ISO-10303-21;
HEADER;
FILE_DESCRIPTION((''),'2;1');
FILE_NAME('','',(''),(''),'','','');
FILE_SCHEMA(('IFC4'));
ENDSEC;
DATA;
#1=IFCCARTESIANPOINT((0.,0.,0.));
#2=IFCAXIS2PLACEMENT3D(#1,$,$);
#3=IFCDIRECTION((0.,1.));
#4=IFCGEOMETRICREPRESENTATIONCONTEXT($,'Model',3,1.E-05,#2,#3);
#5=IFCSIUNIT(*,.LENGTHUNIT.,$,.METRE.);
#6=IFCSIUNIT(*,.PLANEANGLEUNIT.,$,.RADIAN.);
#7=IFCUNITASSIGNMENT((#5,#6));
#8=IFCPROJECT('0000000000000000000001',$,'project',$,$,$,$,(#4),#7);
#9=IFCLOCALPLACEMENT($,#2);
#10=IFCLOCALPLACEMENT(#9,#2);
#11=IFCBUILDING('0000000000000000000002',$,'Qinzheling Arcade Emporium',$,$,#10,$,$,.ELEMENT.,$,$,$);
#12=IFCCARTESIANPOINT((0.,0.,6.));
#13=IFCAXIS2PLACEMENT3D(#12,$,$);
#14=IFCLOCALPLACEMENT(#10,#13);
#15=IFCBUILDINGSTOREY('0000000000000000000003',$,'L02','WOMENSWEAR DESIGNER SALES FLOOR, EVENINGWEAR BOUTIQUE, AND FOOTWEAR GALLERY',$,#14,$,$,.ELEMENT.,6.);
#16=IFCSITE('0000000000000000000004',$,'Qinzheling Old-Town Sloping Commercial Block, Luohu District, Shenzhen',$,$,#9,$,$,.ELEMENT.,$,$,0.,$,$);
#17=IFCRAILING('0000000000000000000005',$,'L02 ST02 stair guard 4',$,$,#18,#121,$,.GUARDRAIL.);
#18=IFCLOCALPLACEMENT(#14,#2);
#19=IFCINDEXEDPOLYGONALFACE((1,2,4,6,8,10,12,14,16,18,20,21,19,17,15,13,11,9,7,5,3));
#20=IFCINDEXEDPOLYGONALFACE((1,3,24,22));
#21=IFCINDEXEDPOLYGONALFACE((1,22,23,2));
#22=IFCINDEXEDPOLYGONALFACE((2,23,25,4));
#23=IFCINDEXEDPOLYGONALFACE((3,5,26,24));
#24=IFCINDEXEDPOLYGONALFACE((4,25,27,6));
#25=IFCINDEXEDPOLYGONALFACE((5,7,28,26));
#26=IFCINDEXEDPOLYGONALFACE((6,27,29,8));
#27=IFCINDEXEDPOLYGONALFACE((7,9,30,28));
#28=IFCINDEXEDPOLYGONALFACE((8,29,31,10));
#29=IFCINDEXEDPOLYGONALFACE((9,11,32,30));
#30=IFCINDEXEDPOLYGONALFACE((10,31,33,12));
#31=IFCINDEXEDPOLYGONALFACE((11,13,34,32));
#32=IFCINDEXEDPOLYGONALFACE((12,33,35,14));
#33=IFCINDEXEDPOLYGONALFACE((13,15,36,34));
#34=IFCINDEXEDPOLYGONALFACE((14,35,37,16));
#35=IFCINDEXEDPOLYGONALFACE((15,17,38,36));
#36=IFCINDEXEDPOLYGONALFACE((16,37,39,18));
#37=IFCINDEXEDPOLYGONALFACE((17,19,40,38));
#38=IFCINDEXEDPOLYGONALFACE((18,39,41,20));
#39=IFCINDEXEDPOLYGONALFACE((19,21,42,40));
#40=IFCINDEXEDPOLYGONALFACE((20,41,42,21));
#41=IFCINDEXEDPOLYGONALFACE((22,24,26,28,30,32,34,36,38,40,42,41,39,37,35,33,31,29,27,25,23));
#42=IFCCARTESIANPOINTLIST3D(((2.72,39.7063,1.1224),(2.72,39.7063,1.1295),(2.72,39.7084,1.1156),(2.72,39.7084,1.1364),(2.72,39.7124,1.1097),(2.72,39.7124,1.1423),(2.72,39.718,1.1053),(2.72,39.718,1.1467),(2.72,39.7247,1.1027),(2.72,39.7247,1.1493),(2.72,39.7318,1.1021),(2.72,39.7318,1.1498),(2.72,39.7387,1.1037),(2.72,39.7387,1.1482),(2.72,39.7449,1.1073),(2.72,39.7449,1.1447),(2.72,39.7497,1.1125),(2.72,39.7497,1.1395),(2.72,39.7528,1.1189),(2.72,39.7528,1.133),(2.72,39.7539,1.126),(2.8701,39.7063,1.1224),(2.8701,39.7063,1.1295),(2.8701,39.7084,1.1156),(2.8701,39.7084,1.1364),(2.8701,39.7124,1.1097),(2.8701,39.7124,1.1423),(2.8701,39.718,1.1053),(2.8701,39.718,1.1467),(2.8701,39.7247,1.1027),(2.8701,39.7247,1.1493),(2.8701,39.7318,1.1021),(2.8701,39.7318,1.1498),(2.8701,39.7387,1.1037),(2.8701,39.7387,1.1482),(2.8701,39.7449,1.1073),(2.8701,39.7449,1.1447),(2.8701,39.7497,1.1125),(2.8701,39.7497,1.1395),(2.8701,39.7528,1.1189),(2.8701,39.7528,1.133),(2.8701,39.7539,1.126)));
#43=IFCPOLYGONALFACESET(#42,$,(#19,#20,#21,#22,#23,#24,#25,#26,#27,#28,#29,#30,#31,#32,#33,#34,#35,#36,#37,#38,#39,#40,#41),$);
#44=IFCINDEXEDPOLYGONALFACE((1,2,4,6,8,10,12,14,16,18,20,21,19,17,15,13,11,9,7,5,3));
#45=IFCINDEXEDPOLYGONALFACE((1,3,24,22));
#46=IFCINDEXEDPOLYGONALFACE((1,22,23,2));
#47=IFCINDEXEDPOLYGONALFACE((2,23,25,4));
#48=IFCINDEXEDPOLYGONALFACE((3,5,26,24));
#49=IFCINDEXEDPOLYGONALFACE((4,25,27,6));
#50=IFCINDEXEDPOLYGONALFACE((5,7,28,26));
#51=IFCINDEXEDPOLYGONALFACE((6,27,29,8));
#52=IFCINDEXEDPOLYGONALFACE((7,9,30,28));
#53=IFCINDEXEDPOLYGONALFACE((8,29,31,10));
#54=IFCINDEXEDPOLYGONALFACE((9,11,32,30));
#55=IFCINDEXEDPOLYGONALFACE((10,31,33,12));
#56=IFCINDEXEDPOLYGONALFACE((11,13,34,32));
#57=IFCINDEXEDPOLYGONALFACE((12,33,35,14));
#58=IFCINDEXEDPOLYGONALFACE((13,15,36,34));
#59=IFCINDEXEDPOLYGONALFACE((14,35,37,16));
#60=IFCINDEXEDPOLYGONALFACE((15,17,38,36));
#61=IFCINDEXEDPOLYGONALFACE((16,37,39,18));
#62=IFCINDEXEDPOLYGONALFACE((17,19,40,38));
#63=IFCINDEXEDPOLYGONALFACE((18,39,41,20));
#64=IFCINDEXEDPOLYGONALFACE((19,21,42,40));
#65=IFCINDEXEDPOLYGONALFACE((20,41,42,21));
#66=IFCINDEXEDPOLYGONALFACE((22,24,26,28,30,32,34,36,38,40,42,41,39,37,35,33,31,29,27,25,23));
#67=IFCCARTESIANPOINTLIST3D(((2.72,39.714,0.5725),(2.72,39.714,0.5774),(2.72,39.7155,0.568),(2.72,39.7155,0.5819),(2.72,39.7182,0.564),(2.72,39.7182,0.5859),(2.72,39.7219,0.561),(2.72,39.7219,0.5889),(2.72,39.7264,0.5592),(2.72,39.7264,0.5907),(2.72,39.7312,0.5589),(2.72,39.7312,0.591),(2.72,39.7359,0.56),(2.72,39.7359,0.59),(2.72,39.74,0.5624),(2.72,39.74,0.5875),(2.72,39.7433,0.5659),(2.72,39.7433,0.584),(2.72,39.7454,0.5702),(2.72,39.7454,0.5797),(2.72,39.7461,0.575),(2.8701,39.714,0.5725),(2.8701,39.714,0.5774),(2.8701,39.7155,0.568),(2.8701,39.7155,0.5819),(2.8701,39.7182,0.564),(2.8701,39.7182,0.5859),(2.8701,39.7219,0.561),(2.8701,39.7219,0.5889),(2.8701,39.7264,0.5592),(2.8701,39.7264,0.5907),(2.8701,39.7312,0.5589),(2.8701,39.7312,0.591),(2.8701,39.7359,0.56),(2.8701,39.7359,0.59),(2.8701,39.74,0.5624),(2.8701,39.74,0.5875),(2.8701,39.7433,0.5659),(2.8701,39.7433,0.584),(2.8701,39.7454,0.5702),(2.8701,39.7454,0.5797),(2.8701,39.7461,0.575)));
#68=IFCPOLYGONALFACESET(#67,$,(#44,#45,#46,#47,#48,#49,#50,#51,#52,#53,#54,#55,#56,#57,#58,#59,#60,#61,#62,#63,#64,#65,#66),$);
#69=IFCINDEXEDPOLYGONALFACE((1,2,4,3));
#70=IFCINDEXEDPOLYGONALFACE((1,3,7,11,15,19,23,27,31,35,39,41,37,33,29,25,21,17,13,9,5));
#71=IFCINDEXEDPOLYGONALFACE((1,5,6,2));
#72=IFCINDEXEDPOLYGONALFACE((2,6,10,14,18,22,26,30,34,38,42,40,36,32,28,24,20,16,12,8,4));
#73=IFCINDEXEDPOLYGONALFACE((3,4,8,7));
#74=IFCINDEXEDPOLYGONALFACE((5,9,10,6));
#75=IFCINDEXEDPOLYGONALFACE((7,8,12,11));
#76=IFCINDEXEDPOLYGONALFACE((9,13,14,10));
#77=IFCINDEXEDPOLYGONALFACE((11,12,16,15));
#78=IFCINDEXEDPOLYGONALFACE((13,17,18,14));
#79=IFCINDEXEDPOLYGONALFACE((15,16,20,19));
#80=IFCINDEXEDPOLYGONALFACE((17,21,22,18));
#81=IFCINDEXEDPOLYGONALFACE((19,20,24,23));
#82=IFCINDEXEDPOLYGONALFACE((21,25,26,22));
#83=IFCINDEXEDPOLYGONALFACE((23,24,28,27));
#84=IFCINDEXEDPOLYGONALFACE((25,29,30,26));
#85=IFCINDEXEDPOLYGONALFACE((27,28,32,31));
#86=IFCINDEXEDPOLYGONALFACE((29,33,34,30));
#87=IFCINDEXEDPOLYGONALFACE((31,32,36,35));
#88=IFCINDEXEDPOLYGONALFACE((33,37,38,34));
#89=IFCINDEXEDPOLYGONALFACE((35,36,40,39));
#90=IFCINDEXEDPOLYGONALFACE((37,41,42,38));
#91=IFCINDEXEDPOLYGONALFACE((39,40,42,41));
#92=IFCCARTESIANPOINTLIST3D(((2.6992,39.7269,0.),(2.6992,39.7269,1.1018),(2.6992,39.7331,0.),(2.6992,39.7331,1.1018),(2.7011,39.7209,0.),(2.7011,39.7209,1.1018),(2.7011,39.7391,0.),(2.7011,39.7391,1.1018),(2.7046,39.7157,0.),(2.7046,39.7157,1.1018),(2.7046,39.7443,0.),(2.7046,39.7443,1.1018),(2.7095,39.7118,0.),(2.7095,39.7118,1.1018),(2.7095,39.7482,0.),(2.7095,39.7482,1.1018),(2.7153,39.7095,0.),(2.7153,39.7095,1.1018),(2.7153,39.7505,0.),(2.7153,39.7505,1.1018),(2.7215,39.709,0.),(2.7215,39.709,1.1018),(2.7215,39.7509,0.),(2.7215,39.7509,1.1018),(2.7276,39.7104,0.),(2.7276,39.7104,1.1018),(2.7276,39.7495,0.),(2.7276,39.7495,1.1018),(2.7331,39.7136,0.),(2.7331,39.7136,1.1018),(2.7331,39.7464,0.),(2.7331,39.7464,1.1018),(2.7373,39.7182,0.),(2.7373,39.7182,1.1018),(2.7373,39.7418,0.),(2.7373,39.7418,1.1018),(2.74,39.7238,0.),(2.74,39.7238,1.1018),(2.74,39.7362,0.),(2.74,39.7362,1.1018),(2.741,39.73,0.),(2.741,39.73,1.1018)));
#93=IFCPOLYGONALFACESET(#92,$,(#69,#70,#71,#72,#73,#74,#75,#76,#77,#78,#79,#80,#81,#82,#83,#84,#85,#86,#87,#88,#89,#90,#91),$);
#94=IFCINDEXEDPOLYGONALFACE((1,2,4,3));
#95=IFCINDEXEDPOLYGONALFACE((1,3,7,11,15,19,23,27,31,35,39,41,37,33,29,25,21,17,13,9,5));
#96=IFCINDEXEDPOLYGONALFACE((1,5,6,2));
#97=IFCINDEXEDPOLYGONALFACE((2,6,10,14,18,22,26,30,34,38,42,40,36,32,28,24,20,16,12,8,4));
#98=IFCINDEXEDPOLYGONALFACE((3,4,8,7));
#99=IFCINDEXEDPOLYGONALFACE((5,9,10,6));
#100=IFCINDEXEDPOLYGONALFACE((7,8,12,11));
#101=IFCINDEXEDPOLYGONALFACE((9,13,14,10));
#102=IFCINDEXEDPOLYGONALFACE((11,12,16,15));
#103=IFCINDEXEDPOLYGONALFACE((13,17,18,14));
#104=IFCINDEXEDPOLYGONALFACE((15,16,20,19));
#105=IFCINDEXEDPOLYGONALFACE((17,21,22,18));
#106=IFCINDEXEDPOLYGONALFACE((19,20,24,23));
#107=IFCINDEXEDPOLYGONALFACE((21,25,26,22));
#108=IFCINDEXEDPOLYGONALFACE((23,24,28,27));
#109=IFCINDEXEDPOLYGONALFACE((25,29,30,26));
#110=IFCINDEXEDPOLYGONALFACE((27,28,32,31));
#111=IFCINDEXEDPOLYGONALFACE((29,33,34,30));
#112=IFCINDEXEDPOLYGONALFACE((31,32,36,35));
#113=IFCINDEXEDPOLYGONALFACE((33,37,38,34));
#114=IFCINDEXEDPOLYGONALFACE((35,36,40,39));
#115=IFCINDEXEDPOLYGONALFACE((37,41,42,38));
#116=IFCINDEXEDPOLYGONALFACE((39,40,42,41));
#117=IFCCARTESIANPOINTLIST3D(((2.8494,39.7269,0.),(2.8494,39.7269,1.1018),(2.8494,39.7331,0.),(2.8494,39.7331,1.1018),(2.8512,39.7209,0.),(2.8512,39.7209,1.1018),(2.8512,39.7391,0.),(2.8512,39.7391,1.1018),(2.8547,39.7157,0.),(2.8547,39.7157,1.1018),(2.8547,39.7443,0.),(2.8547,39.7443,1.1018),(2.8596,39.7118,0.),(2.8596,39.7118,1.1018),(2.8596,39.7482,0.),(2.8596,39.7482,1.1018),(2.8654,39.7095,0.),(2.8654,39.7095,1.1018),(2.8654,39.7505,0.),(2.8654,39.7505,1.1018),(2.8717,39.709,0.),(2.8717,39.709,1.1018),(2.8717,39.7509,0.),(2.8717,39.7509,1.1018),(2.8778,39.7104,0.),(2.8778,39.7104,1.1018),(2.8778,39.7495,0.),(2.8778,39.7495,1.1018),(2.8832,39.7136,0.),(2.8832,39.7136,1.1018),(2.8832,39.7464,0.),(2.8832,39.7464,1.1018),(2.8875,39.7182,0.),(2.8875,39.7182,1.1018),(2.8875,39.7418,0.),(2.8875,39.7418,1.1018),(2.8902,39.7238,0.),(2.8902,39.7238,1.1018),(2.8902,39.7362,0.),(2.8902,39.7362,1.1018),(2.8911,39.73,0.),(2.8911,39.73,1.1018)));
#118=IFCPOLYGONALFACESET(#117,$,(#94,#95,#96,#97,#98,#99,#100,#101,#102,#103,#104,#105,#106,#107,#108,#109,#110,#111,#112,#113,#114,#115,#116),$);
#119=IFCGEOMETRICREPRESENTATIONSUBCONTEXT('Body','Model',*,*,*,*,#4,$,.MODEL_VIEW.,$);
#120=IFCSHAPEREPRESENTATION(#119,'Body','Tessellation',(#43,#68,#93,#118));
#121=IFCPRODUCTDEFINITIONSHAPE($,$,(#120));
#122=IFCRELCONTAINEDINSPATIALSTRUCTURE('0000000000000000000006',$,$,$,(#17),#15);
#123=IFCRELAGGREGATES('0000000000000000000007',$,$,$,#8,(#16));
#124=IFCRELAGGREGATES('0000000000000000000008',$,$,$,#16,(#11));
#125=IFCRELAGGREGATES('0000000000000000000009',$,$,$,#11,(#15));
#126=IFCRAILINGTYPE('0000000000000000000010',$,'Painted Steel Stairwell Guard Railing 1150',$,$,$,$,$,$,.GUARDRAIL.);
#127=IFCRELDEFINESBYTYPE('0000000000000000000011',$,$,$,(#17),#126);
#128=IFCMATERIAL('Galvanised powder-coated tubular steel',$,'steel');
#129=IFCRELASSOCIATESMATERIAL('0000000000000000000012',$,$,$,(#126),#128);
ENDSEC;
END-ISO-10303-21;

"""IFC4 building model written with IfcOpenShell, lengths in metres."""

from ifc_helpers import new_model, si_unit, direction, frame, origin, origin_2d, place, context, subcontext, project, spatial, circle, extrude, material, type_object, element, save


model = new_model("IFC4")

# Units and contexts
model_context = context("Model", 3, precision=1e-05, world=origin(), true_north=direction((0.0, 1.0)))
body_context = subcontext(model_context, "Body", "Model", "MODEL_VIEW")
ifc_project = project(units=[si_unit("LENGTHUNIT", "METRE"), si_unit("PLANEANGLEUNIT", "RADIAN")], contexts=[model_context])

# Site, building, storey
site_placement = place(None, origin())
site = spatial("IfcSite", under=ifc_project, at=site_placement, Name="Qinzheling Old-Town Sloping Commercial Block, Luohu District, Shenzhen", CompositionType="ELEMENT", RefElevation=0.0)
building_placement = place(site_placement, origin())
building = spatial("IfcBuilding", under=site, at=building_placement, Name="Qinzheling Arcade Emporium", CompositionType="ELEMENT")
storey_placement = place(building_placement, frame((0.0, 0.0, 6.0)))
storey = spatial("IfcBuildingStorey", under=building, at=storey_placement, Name="L02", Description="WOMENSWEAR DESIGNER SALES FLOOR, EVENINGWEAR BOUTIQUE, AND FOOTWEAR GALLERY", CompositionType="ELEMENT", Elevation=6.0)

# Railing
ifc_material_1 = material(Name="Galvanised powder-coated tubular steel", Category="steel")
railing_type_1 = type_object("IfcRailingType", Name="Painted Steel Stairwell Guard Railing 1150", PredefinedType="GUARDRAIL", material=ifc_material_1)
railing_1_placement = place(storey_placement, frame((2.72, 39.73, 0.0)))
element("IfcRailing", 1, at=railing_1_placement, inside=storey, type_object=railing_type_1, Name="L02 ST02 stair guard 4", PredefinedType="GUARDRAIL", context=body_context, shape_type="SweptSolid", body=[
    extrude(circle(Radius=0.0239, at=origin_2d()), frame((0.0, 0.0, 1.126), z_axis=(1.0, 0.0, 0.0), x_axis=(0.0, 1.0, 0.0)), (0.0, 0.0, 1.0), 0.1501),
    extrude(circle(Radius=0.0161, at=origin_2d()), frame((0.0, 0.0, 0.575), z_axis=(1.0, 0.0, 0.0), x_axis=(0.0, 1.0, 0.0)), (0.0, 0.0, 1.0), 0.1501),
    extrude(circle(Radius=0.021, at=origin_2d()), origin(), (0.0, 0.0, 1.0), 1.1018),
    extrude(circle(Radius=0.021, at=origin_2d()), frame((0.1501, 0.0, 0.0)), (0.0, 0.0, 1.0), 1.1018),
])

save(model, "model.ifc")
